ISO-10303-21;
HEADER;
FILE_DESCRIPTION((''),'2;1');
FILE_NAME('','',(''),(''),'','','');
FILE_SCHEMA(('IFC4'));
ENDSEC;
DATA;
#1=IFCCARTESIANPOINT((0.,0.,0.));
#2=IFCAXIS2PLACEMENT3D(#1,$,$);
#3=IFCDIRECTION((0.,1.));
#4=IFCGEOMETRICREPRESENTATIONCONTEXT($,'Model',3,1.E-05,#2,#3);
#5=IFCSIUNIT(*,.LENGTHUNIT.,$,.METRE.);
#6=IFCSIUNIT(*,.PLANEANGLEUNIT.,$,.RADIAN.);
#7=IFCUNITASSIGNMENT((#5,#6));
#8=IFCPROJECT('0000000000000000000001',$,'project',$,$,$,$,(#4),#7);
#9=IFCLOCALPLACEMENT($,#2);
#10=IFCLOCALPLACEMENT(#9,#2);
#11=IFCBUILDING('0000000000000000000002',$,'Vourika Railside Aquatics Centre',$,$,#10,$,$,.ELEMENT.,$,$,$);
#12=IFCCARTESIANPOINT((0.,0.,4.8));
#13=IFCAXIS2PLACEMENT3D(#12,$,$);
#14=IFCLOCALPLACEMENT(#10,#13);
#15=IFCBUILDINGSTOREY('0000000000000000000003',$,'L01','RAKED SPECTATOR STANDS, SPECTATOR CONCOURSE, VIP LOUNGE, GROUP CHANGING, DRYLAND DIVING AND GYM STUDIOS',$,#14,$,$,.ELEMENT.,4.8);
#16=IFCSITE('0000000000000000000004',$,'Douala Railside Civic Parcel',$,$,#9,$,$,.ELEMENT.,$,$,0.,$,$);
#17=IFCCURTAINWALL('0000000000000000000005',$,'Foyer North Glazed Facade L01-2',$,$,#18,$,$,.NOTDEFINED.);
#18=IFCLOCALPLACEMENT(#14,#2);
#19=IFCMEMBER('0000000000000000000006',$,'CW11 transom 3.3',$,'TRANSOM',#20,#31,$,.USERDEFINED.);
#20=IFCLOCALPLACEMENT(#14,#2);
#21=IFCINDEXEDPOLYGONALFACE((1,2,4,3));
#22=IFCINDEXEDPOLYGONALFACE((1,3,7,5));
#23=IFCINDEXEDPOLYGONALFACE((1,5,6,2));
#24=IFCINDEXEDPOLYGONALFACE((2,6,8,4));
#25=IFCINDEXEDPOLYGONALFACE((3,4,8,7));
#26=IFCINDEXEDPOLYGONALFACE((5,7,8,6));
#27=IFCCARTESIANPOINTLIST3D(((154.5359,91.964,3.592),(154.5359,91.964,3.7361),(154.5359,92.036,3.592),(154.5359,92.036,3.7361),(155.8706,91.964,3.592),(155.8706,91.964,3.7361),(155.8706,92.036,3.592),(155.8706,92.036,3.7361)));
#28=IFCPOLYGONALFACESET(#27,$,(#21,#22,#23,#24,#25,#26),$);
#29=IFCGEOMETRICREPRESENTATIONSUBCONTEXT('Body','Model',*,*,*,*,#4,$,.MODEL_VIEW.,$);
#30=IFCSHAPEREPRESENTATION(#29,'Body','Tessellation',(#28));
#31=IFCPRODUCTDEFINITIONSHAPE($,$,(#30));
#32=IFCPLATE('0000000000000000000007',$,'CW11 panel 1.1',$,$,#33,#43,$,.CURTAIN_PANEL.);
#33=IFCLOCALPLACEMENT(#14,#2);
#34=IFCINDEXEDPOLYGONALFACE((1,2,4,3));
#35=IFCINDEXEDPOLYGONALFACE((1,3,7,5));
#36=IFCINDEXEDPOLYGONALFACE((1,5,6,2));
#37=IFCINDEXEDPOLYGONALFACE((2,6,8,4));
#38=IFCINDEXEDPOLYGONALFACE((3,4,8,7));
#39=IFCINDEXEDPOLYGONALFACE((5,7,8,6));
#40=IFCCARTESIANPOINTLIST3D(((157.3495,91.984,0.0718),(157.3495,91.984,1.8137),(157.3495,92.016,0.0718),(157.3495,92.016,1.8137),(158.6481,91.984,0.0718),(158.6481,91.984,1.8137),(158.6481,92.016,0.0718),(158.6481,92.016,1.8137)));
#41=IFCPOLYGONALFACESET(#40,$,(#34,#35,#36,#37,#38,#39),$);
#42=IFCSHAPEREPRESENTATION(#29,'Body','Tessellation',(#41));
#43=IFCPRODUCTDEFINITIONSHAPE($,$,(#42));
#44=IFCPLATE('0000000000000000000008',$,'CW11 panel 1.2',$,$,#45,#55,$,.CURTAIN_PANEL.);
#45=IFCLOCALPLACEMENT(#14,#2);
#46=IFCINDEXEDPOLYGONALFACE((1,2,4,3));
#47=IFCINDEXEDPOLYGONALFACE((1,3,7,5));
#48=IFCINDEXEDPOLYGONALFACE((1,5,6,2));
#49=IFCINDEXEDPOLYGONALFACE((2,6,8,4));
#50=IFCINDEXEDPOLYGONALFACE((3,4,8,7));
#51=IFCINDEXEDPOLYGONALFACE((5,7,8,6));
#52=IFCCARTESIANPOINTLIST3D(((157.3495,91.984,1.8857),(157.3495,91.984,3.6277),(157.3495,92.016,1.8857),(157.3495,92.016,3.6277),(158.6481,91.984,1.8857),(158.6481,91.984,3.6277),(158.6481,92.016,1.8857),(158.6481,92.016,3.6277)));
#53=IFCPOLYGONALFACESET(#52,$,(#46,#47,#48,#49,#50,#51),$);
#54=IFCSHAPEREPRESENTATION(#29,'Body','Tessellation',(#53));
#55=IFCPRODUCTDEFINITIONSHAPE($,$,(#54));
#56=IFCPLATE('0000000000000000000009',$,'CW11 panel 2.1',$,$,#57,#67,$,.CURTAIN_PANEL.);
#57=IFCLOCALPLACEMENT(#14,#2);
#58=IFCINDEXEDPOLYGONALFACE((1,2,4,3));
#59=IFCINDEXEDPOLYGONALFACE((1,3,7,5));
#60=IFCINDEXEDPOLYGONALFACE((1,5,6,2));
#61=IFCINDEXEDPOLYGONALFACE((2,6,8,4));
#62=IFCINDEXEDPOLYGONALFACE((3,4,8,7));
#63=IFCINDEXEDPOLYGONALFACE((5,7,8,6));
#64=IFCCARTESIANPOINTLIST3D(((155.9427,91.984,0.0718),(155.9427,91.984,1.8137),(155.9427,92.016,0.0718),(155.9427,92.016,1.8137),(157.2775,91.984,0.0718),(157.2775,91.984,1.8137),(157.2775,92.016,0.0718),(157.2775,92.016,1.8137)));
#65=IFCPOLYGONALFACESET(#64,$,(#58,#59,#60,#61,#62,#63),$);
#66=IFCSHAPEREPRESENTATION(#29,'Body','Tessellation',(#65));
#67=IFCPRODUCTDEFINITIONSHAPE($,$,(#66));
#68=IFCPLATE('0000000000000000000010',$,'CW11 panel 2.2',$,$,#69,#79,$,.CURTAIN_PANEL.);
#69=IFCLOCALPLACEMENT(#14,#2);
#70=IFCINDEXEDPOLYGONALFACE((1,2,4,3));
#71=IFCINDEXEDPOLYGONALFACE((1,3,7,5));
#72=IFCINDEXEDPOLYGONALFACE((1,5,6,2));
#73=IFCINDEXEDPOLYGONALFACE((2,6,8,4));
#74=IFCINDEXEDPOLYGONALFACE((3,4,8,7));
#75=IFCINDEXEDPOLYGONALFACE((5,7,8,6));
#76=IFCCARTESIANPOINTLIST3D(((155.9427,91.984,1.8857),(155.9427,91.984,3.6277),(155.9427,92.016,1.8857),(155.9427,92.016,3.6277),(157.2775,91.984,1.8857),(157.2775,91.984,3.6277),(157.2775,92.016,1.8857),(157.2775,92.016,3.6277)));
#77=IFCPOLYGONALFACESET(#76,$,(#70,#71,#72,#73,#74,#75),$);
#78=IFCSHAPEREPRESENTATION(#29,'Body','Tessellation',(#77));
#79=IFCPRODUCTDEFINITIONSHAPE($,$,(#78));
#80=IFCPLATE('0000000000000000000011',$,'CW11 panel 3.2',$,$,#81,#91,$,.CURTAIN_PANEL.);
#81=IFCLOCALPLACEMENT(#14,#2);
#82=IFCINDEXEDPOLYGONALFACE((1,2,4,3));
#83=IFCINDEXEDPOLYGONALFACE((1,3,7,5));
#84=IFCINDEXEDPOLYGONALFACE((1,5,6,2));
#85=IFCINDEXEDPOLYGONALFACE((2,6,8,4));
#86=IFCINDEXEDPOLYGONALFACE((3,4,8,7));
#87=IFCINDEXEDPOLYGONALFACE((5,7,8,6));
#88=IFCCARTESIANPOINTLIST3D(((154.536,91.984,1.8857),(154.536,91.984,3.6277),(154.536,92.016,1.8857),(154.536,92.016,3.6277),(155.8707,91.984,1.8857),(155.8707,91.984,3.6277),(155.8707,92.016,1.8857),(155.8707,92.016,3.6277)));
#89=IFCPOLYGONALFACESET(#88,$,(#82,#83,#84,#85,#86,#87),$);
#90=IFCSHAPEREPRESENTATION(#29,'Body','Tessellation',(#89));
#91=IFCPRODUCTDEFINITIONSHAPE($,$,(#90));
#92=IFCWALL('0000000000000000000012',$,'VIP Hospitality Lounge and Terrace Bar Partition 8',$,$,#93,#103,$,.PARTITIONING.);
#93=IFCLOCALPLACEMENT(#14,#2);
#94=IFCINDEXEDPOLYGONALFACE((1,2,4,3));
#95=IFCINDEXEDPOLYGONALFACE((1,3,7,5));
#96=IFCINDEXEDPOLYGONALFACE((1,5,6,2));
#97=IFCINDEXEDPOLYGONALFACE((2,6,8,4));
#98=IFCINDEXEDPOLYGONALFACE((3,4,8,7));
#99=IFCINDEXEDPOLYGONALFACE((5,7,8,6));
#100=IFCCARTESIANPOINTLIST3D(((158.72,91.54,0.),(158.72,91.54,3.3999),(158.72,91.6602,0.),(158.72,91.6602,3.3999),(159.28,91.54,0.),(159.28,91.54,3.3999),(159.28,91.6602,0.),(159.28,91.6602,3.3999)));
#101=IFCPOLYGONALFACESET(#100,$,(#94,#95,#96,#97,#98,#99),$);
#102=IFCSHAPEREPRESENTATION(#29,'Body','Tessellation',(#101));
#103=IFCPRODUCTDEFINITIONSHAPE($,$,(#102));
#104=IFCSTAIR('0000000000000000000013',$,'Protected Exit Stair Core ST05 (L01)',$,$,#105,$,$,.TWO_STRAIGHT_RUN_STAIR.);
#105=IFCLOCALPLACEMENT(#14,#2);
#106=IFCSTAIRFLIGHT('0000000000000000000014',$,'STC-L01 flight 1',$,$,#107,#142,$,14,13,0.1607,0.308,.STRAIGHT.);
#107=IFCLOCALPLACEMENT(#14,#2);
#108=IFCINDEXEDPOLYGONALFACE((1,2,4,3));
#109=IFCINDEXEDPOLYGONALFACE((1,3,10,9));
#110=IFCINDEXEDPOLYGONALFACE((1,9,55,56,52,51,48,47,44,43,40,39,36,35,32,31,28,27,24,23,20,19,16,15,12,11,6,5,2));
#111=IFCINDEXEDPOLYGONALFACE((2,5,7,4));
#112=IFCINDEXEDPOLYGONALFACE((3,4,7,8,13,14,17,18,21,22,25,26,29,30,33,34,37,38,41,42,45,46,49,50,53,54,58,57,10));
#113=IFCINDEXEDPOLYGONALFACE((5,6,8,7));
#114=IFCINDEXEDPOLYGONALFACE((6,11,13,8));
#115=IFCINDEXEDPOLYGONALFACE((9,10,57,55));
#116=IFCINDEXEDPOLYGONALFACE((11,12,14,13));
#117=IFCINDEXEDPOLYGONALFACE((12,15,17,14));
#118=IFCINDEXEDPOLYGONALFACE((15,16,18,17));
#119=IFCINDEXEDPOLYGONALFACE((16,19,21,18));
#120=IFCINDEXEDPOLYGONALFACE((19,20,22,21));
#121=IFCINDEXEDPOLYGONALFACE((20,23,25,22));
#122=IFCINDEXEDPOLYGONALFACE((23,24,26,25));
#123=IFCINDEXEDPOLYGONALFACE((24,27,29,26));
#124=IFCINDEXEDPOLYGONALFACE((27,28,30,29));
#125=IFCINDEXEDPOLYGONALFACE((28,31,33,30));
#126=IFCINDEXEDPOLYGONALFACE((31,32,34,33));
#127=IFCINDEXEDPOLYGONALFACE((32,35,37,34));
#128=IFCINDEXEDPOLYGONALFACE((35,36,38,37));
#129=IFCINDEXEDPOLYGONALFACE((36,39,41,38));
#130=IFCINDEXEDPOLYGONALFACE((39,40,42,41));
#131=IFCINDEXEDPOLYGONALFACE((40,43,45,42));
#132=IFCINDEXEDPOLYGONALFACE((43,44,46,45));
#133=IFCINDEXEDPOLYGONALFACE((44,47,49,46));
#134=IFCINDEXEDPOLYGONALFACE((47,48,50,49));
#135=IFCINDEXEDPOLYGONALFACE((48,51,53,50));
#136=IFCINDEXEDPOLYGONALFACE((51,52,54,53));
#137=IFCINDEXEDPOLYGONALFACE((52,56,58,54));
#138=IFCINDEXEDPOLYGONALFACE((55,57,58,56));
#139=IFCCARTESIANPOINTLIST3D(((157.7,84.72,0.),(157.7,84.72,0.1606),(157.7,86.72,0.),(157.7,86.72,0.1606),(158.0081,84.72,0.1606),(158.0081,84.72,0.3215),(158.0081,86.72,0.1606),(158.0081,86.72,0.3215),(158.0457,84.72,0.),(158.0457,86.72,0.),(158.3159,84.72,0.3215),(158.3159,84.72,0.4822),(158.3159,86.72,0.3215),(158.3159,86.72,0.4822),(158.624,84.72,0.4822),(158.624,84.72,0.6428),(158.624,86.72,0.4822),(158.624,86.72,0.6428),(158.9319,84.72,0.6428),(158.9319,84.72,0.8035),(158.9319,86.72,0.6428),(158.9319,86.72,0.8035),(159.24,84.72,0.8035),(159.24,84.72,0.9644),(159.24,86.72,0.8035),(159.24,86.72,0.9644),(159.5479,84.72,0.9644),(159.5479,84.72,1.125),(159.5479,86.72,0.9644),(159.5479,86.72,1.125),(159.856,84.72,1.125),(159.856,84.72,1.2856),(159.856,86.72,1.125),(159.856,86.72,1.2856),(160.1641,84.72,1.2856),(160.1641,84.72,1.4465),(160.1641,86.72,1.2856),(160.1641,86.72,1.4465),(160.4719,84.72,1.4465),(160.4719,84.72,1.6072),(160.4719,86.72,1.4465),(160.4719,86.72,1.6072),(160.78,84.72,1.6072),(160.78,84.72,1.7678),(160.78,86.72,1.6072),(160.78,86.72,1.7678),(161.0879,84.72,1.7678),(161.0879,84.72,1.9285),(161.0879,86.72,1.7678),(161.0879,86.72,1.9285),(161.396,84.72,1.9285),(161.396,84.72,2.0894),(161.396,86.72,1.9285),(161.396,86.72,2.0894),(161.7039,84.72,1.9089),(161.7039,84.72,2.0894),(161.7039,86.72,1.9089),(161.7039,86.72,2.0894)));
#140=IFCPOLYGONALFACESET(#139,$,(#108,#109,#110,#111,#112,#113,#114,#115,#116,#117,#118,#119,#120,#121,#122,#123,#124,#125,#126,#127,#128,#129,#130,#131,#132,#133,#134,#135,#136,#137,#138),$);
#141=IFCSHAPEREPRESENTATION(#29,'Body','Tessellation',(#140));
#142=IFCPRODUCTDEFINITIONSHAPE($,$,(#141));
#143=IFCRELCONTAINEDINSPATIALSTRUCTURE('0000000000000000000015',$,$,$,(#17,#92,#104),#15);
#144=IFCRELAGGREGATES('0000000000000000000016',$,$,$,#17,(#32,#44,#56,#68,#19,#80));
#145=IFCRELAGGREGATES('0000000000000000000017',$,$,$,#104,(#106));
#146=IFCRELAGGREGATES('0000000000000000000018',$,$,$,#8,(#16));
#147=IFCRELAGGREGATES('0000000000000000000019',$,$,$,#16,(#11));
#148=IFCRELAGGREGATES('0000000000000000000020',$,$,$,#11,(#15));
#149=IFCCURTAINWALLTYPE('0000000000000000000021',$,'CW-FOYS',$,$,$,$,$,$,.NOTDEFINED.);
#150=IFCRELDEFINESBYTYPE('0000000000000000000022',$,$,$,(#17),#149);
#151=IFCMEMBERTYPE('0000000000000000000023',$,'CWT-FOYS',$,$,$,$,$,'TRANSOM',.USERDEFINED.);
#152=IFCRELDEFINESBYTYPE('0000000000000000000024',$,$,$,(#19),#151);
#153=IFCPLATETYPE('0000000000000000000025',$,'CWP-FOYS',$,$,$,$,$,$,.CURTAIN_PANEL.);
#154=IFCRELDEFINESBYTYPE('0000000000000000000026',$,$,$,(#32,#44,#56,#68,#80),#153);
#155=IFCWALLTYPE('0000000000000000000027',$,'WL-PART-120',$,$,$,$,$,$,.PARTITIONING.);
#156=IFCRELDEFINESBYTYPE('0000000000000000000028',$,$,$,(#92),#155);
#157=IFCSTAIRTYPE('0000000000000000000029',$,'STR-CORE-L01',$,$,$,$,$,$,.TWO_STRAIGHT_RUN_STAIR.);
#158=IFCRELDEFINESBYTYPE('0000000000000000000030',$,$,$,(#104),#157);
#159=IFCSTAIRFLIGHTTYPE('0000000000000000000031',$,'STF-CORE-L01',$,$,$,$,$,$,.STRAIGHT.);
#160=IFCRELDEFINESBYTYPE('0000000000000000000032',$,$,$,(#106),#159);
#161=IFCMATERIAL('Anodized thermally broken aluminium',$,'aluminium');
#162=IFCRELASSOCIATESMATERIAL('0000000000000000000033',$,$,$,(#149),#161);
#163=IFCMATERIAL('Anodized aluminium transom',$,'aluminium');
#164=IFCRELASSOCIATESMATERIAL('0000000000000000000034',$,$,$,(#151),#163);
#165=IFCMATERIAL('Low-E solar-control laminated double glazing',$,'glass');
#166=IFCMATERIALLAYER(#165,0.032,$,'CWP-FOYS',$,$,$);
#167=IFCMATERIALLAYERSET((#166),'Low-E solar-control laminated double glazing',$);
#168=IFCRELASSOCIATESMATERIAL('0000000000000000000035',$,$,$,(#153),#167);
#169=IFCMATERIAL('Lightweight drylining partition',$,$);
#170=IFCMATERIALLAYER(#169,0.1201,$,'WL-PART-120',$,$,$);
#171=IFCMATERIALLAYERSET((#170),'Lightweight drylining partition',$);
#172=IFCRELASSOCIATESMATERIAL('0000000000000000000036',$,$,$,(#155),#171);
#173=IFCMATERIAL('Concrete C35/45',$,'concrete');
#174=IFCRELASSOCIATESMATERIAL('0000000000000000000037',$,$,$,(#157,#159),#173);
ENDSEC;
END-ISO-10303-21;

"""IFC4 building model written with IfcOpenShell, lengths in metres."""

from ifc_helpers import new_model, si_unit, direction, frame, frame_2d, origin, origin_2d, place, context, subcontext, project, spatial, polyline, rectangle, outline, extrude, material, layer, layer_set, material_profile, profile_set, type_object, element, aggregate, save


model = new_model("IFC4")

# Units and contexts
model_context = context("Model", 3, precision=1e-05, world=origin(), true_north=direction((0.0, 1.0)))
body_context = subcontext(model_context, "Body", "Model", "MODEL_VIEW")
ifc_project = project(units=[si_unit("LENGTHUNIT", "METRE"), si_unit("PLANEANGLEUNIT", "RADIAN")], contexts=[model_context])

# Site, building, storey
site_placement = place(None, origin())
site = spatial("IfcSite", under=ifc_project, at=site_placement, Name="Douala Railside Civic Parcel", CompositionType="ELEMENT", RefElevation=0.0)
building_placement = place(site_placement, origin())
building = spatial("IfcBuilding", under=site, at=building_placement, Name="Vourika Railside Aquatics Centre", CompositionType="ELEMENT")
storey_placement = place(building_placement, frame((0.0, 0.0, 4.8)))
storey = spatial("IfcBuildingStorey", under=building, at=storey_placement, Name="L01", Description="RAKED SPECTATOR STANDS, SPECTATOR CONCOURSE, VIP LOUNGE, GROUP CHANGING, DRYLAND DIVING AND GYM STUDIOS", CompositionType="ELEMENT", Elevation=4.8)

# Shared definitions
ifc_material_1 = material(Name="Concrete C35/45", Category="concrete")

# Curtain wall
ifc_material_2 = material(Name="Anodized thermally broken aluminium", Category="aluminium")
curtain_wall_type = type_object("IfcCurtainWallType", Name="CW-FOYS", PredefinedType="NOTDEFINED", material=ifc_material_2)
curtain_wall_1_placement = place(storey_placement, origin())
curtain_wall_1 = element("IfcCurtainWall", 1, at=curtain_wall_1_placement, inside=storey, type_object=curtain_wall_type, Name="Foyer North Glazed Facade L01-2", PredefinedType="NOTDEFINED")

# Member
ifc_material_3 = material(Name="Anodized aluminium transom", Category="aluminium")
ifc_material_profile_1 = material_profile(ifc_material_3, rectangle(XDim=0.072, YDim=0.144, at=origin_2d()), Name="ALU-T 72x144")
ifc_profile_set_1 = profile_set([ifc_material_profile_1], Name="Anodized aluminium transom")
member_type_1 = type_object("IfcMemberType", Name="CWT-FOYS", ElementType="TRANSOM", PredefinedType="USERDEFINED", material=ifc_profile_set_1)
member_1_placement = place(storey_placement, frame((155.8706, 92.0, 3.6641), z_axis=(-1.0, 0.0, 0.0), x_axis=(0.0, -1.0, 0.0)))
member_1 = element("IfcMember", 2, at=member_1_placement, type_object=member_type_1, Name="CW11 transom 3.3", ObjectType="TRANSOM", PredefinedType="USERDEFINED", context=body_context, shape_type="SweptSolid", body=[
    extrude(rectangle(XDim=0.072, YDim=0.144, at=origin_2d()), origin(), (0.0, 0.0, 1.0), 1.3347),
])

# Plates
ifc_material_4 = material(Name="Low-E solar-control laminated double glazing", Category="glass")
ifc_layer_1 = layer(ifc_material_4, 0.032, Name="CWP-FOYS")
ifc_layer_set_1 = layer_set([ifc_layer_1], Name="Low-E solar-control laminated double glazing")
plate_type = type_object("IfcPlateType", Name="CWP-FOYS", PredefinedType="CURTAIN_PANEL", material=ifc_layer_set_1)
plate_1_placement = place(storey_placement, frame((157.9988, 92.0, 0.0718), z_axis=(0.0, 0.0, 1.0), x_axis=(-1.0, 0.0, 0.0)))
plate_1 = element("IfcPlate", 3, at=plate_1_placement, type_object=plate_type, Name="CW11 panel 1.1", PredefinedType="CURTAIN_PANEL", context=body_context, shape_type="SweptSolid", body=[
    extrude(rectangle(XDim=1.2986, YDim=0.032, at=origin_2d()), origin(), (0.0, 0.0, 1.0), 1.7419),
])
plate_2_placement = place(storey_placement, frame((157.9988, 92.0, 1.8857), z_axis=(0.0, 0.0, 1.0), x_axis=(-1.0, 0.0, 0.0)))
plate_2 = element("IfcPlate", 4, at=plate_2_placement, type_object=plate_type, Name="CW11 panel 1.2", PredefinedType="CURTAIN_PANEL", context=body_context, shape_type="SweptSolid", body=[
    extrude(rectangle(XDim=1.2986, YDim=0.032, at=origin_2d()), origin(), (0.0, 0.0, 1.0), 1.7419),
])
plate_3_placement = place(storey_placement, frame((156.6101, 92.0, 0.0718), z_axis=(0.0, 0.0, 1.0), x_axis=(-1.0, 0.0, 0.0)))
plate_3 = element("IfcPlate", 5, at=plate_3_placement, type_object=plate_type, Name="CW11 panel 2.1", PredefinedType="CURTAIN_PANEL", context=body_context, shape_type="SweptSolid", body=[
    extrude(rectangle(XDim=1.3347, YDim=0.032, at=origin_2d()), origin(), (0.0, 0.0, 1.0), 1.7419),
])
plate_4_placement = place(storey_placement, frame((156.6101, 92.0, 1.8857), z_axis=(0.0, 0.0, 1.0), x_axis=(-1.0, 0.0, 0.0)))
plate_4 = element("IfcPlate", 6, at=plate_4_placement, type_object=plate_type, Name="CW11 panel 2.2", PredefinedType="CURTAIN_PANEL", context=body_context, shape_type="SweptSolid", body=[
    extrude(rectangle(XDim=1.3347, YDim=0.032, at=origin_2d()), origin(), (0.0, 0.0, 1.0), 1.7419),
])
plate_5_placement = place(storey_placement, frame((155.2034, 92.0, 1.8857), z_axis=(0.0, 0.0, 1.0), x_axis=(-1.0, 0.0, 0.0)))
plate_5 = element("IfcPlate", 7, at=plate_5_placement, type_object=plate_type, Name="CW11 panel 3.2", PredefinedType="CURTAIN_PANEL", context=body_context, shape_type="SweptSolid", body=[
    extrude(rectangle(XDim=1.3347, YDim=0.032, at=origin_2d()), origin(), (0.0, 0.0, 1.0), 1.7419),
])
aggregate(curtain_wall_1, [plate_1, plate_2, plate_3, plate_4, member_1, plate_5])

# Wall
ifc_material_5 = material(Name="Lightweight drylining partition")
ifc_layer_2 = layer(ifc_material_5, 0.1201, Name="WL-PART-120")
ifc_layer_set_2 = layer_set([ifc_layer_2], Name="Lightweight drylining partition")
wall_type = type_object("IfcWallType", Name="WL-PART-120", PredefinedType="PARTITIONING", material=ifc_layer_set_2)
wall_placement = place(storey_placement, frame((158.72, 91.6001, 0.0), z_axis=(0.0, 0.0, 1.0), x_axis=(1.0, 0.0, 0.0)))
element("IfcWall", 8, at=wall_placement, inside=storey, type_object=wall_type, Name="VIP Hospitality Lounge and Terrace Bar Partition 8", PredefinedType="PARTITIONING", context=body_context, shape_type="SweptSolid", body=[
    extrude(rectangle(XDim=0.5601, YDim=0.1201, at=frame_2d((0.28, 0.0))), origin(), (0.0, 0.0, 1.0), 3.3999),
])

# Stair, stair flight
stair_type = type_object("IfcStairType", Name="STR-CORE-L01", PredefinedType="TWO_STRAIGHT_RUN_STAIR", material=ifc_material_1)
stair_placement = place(storey_placement, origin())
stair = element("IfcStair", 9, at=stair_placement, inside=storey, type_object=stair_type, Name="Protected Exit Stair Core ST05 (L01)", PredefinedType="TWO_STRAIGHT_RUN_STAIR")
stair_flight_type = type_object("IfcStairFlightType", Name="STF-CORE-L01", PredefinedType="STRAIGHT", material=ifc_material_1)
stair_flight_placement = place(storey_placement, frame((157.7, 85.72, 0.0), z_axis=(0.0, 0.0, 1.0), x_axis=(1.0, 0.0, 0.0)))
stair_flight = element("IfcStairFlight", 10, at=stair_flight_placement, type_object=stair_flight_type, Name="STC-L01 flight 1", NumberOfRisers=14, NumberOfTreads=13, PredefinedType="STRAIGHT", RiserHeight=0.1607, TreadLength=0.308, context=body_context, shape_type="SweptSolid", body=[
    extrude(outline(polyline([(0.0, 0.0), (0.0, 0.1606), (0.3081, 0.1606), (0.3081, 0.3215), (0.616, 0.3215), (0.616, 0.4822), (0.9241, 0.4822), (0.9241, 0.6428), (1.2319, 0.6428), (1.2319, 0.8035), (1.54, 0.8035), (1.54, 0.9644), (1.8479, 0.9644), (1.8479, 1.125), (2.156, 1.125), (2.156, 1.2856), (2.4641, 1.2856), (2.4641, 1.4465), (2.772, 1.4465), (2.772, 1.6072), (3.0801, 1.6072), (3.0801, 1.7678), (3.3879, 1.7678), (3.3879, 1.9285), (3.696, 1.9285), (3.696, 2.0894), (4.0039, 2.0894), (4.0039, 2.25), (4.0039, 1.9089), (0.3457, 0.0), (0.0, 0.0)])), frame((0.0, 1.0, 0.0), z_axis=(0.0, -1.0, 0.0), x_axis=(1.0, 0.0, 0.0)), (0.0, 0.0, 1.0), 2.0),
])
aggregate(stair, [stair_flight])

save(model, "model.ifc")
